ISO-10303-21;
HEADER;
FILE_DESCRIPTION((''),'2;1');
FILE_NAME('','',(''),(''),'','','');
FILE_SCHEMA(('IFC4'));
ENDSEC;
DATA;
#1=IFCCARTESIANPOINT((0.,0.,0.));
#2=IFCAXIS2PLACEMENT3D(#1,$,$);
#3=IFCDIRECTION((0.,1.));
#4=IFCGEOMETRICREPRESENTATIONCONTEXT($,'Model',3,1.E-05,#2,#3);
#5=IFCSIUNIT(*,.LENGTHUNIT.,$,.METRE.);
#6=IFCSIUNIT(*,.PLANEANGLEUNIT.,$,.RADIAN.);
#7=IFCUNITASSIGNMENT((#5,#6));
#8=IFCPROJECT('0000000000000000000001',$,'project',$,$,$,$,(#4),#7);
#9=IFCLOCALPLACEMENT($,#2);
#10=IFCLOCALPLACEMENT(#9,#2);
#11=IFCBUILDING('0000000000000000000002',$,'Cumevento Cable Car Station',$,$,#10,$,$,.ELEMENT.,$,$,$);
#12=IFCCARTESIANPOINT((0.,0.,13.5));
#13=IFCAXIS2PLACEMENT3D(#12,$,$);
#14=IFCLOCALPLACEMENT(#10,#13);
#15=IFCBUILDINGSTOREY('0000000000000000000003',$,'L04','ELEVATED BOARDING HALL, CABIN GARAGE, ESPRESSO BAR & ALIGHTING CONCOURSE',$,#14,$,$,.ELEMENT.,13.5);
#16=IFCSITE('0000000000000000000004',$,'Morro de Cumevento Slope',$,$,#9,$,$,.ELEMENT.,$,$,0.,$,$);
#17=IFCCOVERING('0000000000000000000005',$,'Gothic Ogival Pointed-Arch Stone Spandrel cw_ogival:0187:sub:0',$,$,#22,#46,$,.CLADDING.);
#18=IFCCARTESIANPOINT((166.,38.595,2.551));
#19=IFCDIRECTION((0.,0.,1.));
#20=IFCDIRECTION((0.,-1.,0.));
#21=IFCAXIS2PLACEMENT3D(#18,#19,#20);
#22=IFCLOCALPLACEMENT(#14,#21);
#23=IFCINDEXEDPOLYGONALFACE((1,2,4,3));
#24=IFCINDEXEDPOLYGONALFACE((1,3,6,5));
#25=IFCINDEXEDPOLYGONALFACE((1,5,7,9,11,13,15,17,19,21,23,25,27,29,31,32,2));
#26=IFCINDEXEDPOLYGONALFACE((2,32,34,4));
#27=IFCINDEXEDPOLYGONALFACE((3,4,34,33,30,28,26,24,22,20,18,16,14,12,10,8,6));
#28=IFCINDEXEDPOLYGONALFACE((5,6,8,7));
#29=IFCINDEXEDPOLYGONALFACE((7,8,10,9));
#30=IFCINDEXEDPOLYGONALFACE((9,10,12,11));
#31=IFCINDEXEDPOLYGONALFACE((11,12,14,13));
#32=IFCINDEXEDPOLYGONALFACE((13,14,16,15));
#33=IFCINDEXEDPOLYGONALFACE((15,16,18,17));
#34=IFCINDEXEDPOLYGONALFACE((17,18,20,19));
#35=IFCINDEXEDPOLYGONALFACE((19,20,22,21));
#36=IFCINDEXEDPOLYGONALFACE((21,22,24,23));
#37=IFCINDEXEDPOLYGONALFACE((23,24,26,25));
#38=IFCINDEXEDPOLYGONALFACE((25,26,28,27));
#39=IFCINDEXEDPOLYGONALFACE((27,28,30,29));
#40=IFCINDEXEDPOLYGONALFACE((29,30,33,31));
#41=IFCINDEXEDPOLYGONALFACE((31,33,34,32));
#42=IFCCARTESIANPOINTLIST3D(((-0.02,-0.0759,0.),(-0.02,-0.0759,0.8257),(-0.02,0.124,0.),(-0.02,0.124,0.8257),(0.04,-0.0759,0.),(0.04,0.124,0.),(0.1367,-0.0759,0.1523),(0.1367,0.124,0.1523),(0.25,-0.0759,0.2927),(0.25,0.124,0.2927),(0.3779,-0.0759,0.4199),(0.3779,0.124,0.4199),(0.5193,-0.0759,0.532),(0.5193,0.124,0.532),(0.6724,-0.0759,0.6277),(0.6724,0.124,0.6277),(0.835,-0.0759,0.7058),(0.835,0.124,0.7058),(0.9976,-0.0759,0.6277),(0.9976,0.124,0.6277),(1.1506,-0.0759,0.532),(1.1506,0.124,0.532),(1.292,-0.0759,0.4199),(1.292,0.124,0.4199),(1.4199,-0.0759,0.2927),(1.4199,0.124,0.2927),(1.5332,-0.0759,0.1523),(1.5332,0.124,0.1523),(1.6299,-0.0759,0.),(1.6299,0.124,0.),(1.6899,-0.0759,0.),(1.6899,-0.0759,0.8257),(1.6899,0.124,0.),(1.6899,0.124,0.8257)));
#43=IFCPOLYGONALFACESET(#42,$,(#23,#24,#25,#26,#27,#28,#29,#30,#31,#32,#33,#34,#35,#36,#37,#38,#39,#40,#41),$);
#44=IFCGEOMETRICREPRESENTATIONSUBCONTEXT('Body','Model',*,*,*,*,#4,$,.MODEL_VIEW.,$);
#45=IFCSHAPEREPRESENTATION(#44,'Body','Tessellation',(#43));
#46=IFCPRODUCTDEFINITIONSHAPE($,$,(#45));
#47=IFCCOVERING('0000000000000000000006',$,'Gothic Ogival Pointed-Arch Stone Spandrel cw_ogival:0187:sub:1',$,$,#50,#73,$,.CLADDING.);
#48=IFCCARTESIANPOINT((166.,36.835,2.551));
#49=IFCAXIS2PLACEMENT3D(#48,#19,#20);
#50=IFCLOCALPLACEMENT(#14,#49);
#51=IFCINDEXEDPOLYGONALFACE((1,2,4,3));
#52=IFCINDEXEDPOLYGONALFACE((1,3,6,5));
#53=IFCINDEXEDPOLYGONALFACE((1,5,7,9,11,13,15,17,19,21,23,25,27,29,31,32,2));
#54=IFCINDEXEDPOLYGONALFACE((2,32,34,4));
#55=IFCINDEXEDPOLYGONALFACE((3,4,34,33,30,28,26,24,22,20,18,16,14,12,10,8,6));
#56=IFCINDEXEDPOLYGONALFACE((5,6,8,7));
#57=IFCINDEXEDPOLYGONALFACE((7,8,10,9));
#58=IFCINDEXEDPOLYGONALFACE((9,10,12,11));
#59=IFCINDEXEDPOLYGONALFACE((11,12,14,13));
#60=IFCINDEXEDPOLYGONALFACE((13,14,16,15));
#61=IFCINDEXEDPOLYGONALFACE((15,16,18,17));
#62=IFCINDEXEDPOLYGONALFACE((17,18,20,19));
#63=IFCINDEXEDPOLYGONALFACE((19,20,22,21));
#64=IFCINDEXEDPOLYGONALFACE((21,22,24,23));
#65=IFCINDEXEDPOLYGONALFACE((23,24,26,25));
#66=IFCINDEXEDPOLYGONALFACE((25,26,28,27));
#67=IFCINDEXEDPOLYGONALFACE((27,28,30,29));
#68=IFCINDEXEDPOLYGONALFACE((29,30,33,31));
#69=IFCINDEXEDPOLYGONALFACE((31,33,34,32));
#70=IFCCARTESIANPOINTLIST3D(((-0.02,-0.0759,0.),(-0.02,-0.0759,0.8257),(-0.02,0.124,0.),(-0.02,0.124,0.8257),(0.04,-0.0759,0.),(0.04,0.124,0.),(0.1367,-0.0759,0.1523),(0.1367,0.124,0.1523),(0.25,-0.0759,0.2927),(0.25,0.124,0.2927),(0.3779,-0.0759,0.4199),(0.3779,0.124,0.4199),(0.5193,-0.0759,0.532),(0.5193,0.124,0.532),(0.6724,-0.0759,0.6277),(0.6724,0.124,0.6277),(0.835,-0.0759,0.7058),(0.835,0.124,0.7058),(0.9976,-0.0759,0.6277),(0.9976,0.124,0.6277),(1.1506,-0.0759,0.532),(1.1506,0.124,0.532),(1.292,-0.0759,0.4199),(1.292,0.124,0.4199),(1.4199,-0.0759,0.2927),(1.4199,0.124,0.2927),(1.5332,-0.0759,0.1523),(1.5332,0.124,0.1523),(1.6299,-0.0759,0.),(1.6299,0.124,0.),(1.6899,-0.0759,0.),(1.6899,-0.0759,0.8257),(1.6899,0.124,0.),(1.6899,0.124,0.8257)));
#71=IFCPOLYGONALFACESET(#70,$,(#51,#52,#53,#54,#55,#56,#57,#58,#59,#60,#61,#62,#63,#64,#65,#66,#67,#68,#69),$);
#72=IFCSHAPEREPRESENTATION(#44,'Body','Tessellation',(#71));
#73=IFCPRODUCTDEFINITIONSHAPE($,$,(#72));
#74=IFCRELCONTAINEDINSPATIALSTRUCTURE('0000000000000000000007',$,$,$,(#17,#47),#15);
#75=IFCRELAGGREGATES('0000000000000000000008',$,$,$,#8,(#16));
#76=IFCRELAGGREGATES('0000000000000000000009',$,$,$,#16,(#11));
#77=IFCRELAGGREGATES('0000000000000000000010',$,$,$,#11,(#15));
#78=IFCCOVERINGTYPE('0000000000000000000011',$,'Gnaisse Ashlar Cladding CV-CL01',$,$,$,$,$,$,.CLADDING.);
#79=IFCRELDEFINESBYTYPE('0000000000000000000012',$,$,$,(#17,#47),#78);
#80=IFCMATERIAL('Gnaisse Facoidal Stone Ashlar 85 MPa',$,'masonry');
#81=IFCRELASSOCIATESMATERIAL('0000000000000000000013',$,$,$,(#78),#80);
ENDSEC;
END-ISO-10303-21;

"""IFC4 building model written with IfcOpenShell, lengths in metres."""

from ifc_helpers import new_model, si_unit, direction, frame, origin, place, context, subcontext, project, spatial, polyline, outline, extrude, material, type_object, element, save


model = new_model("IFC4")

# Units and contexts
model_context = context("Model", 3, precision=1e-05, world=origin(), true_north=direction((0.0, 1.0)))
body_context = subcontext(model_context, "Body", "Model", "MODEL_VIEW")
ifc_project = project(units=[si_unit("LENGTHUNIT", "METRE"), si_unit("PLANEANGLEUNIT", "RADIAN")], contexts=[model_context])

# Site, building, storey
site_placement = place(None, origin())
site = spatial("IfcSite", under=ifc_project, at=site_placement, Name="Morro de Cumevento Slope", CompositionType="ELEMENT", RefElevation=0.0)
building_placement = place(site_placement, origin())
building = spatial("IfcBuilding", under=site, at=building_placement, Name="Cumevento Cable Car Station", CompositionType="ELEMENT")
storey_placement = place(building_placement, frame((0.0, 0.0, 13.5)))
storey = spatial("IfcBuildingStorey", under=building, at=storey_placement, Name="L04", Description="ELEVATED BOARDING HALL, CABIN GARAGE, ESPRESSO BAR & ALIGHTING CONCOURSE", CompositionType="ELEMENT", Elevation=13.5)

# Coverings
ifc_material_1 = material(Name="Gnaisse Facoidal Stone Ashlar 85 MPa", Category="masonry")
covering_type = type_object("IfcCoveringType", Name="Gnaisse Ashlar Cladding CV-CL01", PredefinedType="CLADDING", material=ifc_material_1)
for number, where, z_axis, x_axis, name in (
    (1, (166.0, 38.595, 2.551), (0.0, 0.0, 1.0), (0.0, -1.0, 0.0), "Gothic Ogival Pointed-Arch Stone Spandrel cw_ogival:0187:sub:0"),
    (2, (166.0, 36.835, 2.551), (0.0, 0.0, 1.0), (0.0, -1.0, 0.0), "Gothic Ogival Pointed-Arch Stone Spandrel cw_ogival:0187:sub:1"),
):
    element("IfcCovering", number, at=place(storey_placement, frame(where, z_axis=z_axis, x_axis=x_axis)), inside=storey, type_object=covering_type, Name=name, PredefinedType="CLADDING", context=body_context, shape_type="SweptSolid", body=[
        extrude(outline(polyline([(-0.02, 0.0), (-0.02, 0.8257), (1.6899, 0.8257), (1.6899, 0.0), (1.6299, 0.0), (1.5332, 0.1523), (1.4199, 0.2927), (1.292, 0.4199), (1.1506, 0.532), (0.9976, 0.6277), (0.835, 0.7058), (0.6724, 0.6277), (0.5193, 0.532), (0.3779, 0.4199), (0.25, 0.2927), (0.1367, 0.1523), (0.04, 0.0), (-0.02, 0.0)])), frame((0.0, 0.124, 0.0), z_axis=(0.0, -1.0, 0.0), x_axis=(1.0, 0.0, 0.0)), (0.0, 0.0, 1.0), 0.2),
    ])

save(model, "model.ifc")
